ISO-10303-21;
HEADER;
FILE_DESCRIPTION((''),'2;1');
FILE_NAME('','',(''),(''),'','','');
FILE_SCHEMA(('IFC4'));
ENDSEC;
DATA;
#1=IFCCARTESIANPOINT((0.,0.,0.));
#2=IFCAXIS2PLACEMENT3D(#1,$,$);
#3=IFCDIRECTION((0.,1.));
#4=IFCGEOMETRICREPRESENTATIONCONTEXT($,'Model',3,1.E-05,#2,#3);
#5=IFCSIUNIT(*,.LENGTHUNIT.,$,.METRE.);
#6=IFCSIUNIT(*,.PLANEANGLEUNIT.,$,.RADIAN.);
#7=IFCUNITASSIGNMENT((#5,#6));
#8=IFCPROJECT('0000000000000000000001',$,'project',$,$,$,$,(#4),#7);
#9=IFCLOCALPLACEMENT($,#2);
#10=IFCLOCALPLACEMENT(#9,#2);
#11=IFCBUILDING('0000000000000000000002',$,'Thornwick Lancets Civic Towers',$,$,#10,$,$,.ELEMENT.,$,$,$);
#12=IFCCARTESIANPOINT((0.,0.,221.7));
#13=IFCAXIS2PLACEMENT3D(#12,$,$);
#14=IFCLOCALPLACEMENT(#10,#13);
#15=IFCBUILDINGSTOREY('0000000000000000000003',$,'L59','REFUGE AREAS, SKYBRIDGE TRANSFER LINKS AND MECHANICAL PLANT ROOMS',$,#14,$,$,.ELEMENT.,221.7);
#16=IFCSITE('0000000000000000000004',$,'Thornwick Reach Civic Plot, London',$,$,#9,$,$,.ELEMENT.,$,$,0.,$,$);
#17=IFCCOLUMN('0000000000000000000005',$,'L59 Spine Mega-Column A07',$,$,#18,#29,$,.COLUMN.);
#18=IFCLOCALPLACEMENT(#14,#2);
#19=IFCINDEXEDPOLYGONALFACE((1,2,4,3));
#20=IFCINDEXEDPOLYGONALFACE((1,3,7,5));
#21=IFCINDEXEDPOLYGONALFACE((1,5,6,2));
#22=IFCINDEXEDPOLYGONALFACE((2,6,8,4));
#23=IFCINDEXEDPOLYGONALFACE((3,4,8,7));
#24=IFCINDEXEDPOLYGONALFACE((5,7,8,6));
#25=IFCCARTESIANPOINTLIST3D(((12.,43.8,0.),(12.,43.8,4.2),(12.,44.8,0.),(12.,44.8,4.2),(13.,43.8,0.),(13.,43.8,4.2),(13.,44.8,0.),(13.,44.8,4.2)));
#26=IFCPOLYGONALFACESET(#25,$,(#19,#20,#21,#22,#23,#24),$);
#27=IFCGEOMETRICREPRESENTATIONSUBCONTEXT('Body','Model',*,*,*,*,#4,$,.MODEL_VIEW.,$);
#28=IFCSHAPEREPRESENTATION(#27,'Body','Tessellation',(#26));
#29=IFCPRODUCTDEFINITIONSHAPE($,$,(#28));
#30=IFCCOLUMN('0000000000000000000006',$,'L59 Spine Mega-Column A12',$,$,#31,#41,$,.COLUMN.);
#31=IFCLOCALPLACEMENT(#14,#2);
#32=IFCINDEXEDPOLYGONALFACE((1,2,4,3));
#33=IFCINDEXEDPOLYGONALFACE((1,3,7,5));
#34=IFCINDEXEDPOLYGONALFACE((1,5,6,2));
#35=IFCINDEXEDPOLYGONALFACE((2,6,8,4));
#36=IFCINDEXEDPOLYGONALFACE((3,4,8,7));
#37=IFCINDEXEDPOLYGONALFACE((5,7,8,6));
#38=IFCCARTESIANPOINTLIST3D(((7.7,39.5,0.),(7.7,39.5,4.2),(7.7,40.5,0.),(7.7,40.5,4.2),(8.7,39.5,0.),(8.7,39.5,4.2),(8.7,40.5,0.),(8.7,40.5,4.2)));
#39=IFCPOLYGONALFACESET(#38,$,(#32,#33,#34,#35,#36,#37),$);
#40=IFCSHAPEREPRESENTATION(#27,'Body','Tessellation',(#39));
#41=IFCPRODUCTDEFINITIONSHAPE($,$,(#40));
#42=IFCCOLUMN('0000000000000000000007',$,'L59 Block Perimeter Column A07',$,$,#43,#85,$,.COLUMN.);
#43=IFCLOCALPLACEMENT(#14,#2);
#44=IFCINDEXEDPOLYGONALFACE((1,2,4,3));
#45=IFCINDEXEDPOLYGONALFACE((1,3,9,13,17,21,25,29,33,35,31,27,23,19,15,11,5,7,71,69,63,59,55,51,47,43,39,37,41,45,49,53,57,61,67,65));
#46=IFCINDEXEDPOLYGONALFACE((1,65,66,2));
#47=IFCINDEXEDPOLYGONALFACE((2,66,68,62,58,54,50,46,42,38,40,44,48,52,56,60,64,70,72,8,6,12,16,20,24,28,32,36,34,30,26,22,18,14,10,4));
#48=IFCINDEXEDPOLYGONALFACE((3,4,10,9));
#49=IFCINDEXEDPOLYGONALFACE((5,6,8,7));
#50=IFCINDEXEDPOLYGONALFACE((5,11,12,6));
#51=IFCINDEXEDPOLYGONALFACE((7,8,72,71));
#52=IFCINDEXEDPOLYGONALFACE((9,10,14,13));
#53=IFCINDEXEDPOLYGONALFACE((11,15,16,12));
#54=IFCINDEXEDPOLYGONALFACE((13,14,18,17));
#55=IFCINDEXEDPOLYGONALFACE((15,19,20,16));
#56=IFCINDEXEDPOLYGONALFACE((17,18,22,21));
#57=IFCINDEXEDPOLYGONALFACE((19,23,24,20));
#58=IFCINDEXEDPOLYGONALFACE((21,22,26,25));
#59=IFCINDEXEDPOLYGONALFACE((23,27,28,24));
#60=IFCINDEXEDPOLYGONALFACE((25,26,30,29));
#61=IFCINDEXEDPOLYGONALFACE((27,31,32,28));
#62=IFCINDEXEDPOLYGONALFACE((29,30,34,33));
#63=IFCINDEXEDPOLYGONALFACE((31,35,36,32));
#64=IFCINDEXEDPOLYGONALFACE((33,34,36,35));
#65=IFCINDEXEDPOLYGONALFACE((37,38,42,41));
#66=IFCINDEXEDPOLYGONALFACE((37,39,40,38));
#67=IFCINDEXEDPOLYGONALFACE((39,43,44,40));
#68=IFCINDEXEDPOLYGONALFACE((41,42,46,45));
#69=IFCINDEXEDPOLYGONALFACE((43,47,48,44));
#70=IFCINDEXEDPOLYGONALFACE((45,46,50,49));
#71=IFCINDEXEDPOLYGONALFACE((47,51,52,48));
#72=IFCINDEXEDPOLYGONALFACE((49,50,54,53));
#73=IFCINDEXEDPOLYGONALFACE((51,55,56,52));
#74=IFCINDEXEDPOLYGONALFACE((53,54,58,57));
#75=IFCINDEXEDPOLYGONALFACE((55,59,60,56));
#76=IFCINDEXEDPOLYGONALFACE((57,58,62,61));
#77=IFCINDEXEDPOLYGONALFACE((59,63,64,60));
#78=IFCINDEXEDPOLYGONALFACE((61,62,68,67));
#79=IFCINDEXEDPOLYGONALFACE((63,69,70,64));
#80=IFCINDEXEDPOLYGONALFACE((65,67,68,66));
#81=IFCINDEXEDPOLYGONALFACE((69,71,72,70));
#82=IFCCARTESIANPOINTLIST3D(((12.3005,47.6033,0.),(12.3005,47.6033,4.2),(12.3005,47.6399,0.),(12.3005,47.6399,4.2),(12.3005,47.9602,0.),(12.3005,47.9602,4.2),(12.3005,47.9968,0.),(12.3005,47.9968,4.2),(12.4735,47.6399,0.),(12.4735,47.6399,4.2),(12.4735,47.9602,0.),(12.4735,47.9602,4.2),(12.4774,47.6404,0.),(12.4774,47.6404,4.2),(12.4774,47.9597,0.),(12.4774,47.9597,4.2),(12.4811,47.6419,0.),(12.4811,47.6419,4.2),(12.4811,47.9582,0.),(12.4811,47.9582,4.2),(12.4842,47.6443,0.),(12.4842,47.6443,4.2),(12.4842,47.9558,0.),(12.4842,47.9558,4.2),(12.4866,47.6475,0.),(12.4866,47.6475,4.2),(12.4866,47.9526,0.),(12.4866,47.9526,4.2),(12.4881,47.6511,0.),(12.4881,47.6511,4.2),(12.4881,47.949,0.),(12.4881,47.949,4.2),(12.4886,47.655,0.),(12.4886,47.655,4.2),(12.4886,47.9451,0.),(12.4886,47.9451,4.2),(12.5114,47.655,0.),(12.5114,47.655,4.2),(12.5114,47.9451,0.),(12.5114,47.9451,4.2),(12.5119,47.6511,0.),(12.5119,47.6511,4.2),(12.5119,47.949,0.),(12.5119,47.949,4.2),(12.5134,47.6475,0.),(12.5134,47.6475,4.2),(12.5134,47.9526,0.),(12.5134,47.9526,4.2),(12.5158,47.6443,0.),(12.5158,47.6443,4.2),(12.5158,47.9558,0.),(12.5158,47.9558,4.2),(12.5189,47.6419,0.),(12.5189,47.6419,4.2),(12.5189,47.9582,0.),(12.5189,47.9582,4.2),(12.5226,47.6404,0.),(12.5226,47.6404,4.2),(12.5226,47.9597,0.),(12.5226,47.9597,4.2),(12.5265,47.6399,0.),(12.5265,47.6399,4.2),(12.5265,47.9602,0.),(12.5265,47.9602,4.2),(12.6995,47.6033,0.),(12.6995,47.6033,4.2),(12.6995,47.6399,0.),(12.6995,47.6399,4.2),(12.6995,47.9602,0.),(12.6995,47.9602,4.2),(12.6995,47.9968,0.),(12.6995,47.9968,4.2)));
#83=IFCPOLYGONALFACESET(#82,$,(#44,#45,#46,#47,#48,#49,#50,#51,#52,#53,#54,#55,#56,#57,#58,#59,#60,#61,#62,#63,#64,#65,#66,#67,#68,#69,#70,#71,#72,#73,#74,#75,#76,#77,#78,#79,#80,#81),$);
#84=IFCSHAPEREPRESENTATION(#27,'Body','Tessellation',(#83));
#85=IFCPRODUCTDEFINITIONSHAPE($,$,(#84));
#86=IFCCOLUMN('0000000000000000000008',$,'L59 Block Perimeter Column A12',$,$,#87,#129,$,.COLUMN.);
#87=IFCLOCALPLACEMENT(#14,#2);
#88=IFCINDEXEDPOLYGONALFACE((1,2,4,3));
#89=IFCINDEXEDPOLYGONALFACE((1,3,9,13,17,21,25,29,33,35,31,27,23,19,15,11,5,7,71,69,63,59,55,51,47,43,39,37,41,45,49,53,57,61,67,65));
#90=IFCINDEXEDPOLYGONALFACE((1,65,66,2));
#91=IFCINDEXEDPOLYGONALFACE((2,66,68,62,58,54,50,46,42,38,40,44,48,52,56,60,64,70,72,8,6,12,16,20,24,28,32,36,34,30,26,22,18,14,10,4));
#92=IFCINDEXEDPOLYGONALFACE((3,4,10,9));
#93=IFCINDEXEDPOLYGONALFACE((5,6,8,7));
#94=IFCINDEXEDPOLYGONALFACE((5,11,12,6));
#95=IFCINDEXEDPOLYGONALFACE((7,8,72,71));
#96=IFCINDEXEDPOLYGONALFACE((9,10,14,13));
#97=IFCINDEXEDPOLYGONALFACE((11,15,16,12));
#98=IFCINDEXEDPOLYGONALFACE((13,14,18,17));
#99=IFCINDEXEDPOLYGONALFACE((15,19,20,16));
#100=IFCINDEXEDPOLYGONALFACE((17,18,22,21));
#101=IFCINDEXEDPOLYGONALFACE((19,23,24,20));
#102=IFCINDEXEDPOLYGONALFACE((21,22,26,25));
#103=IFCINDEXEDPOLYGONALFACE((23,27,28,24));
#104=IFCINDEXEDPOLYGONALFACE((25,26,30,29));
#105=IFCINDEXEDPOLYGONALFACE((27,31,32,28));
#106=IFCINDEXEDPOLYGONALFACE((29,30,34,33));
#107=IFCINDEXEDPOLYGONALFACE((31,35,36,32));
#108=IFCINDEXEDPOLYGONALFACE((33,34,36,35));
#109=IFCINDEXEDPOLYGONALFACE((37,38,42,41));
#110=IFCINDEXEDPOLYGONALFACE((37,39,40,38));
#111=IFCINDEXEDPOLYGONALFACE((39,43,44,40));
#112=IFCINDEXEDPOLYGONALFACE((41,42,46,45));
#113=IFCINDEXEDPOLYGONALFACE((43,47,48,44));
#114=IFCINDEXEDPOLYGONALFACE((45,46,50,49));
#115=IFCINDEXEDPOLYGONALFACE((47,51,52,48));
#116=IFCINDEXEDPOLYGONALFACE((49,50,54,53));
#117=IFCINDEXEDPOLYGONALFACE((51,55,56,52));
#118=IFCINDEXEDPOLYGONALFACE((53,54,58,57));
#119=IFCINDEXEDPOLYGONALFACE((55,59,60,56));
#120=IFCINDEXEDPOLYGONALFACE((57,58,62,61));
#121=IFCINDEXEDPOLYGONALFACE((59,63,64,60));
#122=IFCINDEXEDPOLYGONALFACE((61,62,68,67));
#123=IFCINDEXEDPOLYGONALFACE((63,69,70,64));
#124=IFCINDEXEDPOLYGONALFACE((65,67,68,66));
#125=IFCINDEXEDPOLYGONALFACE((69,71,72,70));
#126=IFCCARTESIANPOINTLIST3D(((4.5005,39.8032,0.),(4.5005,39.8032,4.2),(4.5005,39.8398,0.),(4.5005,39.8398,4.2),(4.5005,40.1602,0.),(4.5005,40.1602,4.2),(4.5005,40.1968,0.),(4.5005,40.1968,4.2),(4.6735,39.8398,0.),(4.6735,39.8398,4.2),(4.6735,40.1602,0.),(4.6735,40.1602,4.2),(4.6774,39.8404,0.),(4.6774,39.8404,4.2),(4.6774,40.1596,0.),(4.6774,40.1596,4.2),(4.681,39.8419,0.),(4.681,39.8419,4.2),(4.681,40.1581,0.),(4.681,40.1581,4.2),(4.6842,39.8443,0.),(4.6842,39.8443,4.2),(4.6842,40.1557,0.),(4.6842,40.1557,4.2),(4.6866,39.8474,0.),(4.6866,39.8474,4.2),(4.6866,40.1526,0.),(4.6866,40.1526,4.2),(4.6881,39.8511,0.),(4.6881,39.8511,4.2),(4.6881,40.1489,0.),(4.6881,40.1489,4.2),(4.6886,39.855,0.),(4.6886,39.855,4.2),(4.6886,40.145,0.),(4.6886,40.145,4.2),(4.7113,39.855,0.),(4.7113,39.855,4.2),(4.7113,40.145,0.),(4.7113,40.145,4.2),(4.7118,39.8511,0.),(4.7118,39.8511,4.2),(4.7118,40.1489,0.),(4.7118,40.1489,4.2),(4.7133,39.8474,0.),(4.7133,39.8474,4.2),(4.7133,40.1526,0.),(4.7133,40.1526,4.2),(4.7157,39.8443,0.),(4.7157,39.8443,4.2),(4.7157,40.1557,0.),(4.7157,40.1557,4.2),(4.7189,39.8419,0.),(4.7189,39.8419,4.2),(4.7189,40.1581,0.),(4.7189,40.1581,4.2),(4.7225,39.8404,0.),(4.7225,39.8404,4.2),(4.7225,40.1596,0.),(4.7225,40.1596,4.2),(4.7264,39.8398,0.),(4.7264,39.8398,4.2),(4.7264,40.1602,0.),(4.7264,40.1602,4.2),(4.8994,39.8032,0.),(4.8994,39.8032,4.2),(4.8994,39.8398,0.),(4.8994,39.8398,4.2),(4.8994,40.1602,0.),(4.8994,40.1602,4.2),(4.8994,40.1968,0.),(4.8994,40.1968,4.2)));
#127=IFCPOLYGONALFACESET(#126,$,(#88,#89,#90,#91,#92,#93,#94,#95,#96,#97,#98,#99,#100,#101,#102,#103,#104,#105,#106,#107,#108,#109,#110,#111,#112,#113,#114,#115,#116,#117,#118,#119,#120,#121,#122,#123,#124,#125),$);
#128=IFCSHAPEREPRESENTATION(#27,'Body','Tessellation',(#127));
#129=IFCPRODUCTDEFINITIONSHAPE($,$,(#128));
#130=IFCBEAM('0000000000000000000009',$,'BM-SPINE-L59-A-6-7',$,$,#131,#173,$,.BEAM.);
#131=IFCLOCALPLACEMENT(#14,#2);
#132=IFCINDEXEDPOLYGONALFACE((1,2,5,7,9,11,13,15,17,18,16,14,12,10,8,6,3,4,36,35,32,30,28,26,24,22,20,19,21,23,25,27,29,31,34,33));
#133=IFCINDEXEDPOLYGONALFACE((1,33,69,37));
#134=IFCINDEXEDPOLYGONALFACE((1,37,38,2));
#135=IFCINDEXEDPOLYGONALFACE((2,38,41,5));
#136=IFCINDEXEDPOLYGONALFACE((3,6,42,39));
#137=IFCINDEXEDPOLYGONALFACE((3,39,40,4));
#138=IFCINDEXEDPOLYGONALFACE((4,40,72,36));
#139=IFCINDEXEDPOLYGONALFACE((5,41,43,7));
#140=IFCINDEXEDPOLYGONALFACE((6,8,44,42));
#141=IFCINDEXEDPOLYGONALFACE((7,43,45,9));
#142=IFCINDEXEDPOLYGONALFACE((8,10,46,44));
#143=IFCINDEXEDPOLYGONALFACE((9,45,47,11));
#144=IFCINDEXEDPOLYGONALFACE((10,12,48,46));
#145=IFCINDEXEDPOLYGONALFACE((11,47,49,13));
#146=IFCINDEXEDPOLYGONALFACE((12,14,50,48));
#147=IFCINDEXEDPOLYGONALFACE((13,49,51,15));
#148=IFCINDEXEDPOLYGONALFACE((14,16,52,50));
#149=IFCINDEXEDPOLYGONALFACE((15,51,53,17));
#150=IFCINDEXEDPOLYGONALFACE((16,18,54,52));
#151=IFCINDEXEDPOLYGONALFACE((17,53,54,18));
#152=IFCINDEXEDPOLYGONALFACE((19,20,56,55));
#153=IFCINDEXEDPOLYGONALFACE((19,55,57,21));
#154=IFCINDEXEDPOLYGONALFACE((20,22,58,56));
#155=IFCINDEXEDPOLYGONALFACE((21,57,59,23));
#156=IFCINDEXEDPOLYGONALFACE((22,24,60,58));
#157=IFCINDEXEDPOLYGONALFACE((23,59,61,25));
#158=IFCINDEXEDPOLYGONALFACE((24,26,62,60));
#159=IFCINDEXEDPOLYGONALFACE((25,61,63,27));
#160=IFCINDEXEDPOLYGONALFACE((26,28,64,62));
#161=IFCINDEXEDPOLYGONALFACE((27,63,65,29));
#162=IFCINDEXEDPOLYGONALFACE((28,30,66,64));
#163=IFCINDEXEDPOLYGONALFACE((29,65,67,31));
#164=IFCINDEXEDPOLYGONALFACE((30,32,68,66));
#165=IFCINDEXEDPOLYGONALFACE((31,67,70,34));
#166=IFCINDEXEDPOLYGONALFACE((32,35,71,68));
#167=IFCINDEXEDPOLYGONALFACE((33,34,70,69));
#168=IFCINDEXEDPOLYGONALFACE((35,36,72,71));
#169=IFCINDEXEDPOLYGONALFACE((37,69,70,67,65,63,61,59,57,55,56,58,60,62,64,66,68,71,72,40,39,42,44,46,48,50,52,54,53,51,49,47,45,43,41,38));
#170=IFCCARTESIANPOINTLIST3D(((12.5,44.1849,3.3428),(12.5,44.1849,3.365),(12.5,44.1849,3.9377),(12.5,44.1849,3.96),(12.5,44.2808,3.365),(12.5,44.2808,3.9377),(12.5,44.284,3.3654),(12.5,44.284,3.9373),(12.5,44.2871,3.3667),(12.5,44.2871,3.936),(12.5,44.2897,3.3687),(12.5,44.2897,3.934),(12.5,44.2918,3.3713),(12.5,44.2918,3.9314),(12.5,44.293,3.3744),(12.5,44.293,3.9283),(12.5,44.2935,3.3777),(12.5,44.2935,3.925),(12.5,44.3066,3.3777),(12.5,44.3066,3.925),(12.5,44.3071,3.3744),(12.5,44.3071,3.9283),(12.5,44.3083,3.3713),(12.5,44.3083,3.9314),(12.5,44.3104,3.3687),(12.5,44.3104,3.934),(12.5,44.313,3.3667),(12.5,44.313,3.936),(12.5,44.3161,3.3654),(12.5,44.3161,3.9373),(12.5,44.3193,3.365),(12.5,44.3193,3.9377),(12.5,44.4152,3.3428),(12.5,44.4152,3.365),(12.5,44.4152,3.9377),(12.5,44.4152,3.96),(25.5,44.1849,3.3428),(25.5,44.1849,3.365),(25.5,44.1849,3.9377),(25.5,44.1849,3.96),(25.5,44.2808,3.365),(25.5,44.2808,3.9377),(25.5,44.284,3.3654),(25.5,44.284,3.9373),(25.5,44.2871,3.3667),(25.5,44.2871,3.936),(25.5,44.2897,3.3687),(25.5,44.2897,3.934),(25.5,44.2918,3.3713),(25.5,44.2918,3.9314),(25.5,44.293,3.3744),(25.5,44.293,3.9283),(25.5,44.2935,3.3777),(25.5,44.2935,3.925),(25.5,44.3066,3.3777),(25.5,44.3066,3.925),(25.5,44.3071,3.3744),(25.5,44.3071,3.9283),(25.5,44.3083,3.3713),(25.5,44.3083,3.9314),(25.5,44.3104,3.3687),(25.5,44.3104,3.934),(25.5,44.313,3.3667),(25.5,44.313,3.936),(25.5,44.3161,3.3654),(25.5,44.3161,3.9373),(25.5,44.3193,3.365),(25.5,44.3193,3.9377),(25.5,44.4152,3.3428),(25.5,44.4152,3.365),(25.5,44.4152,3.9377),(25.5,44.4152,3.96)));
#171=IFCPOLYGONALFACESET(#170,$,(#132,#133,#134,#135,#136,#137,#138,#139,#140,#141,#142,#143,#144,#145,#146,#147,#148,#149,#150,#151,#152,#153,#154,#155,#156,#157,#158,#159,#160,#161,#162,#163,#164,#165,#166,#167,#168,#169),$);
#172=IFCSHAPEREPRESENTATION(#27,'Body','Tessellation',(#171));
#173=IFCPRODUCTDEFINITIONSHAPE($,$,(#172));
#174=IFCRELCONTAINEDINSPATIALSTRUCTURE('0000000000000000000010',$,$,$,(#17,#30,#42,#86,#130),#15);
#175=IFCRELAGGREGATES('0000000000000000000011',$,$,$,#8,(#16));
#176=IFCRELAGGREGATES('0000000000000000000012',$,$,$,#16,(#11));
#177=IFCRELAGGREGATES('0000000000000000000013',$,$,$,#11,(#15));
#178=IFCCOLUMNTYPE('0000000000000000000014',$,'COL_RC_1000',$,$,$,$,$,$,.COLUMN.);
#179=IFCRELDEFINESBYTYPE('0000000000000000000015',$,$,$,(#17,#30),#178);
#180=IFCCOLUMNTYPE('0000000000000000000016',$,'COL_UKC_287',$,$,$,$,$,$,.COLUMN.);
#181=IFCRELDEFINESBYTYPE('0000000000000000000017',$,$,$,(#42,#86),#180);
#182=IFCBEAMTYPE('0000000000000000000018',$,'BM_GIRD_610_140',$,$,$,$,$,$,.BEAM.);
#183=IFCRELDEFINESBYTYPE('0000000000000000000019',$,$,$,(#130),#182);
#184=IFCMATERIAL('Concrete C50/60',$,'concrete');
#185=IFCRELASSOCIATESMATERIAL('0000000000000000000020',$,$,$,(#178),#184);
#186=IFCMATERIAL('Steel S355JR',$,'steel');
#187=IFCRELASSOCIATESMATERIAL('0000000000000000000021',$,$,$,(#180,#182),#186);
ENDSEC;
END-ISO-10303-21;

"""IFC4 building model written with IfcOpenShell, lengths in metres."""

from ifc_helpers import new_model, si_unit, direction, frame, origin, origin_2d, place, context, subcontext, project, spatial, rectangle, i_section, extrude, material, material_profile, profile_set, type_object, element, save


model = new_model("IFC4")

# Units and contexts
model_context = context("Model", 3, precision=1e-05, world=origin(), true_north=direction((0.0, 1.0)))
body_context = subcontext(model_context, "Body", "Model", "MODEL_VIEW")
ifc_project = project(units=[si_unit("LENGTHUNIT", "METRE"), si_unit("PLANEANGLEUNIT", "RADIAN")], contexts=[model_context])

# Site, building, storey
site_placement = place(None, origin())
site = spatial("IfcSite", under=ifc_project, at=site_placement, Name="Thornwick Reach Civic Plot, London", CompositionType="ELEMENT", RefElevation=0.0)
building_placement = place(site_placement, origin())
building = spatial("IfcBuilding", under=site, at=building_placement, Name="Thornwick Lancets Civic Towers", CompositionType="ELEMENT")
storey_placement = place(building_placement, frame((0.0, 0.0, 221.7)))
storey = spatial("IfcBuildingStorey", under=building, at=storey_placement, Name="L59", Description="REFUGE AREAS, SKYBRIDGE TRANSFER LINKS AND MECHANICAL PLANT ROOMS", CompositionType="ELEMENT", Elevation=221.7)

# Columns
ifc_material_1 = material(Name="Concrete C50/60", Category="concrete")
ifc_material_profile_1 = material_profile(ifc_material_1, rectangle(XDim=1.0, YDim=1.0, at=origin_2d()), Name="RC 1000x1000")
ifc_profile_set_1 = profile_set([ifc_material_profile_1], Name="Concrete C50/60")
column_type_1 = type_object("IfcColumnType", Name="COL_RC_1000", PredefinedType="COLUMN", material=ifc_profile_set_1)
for number, where, z_axis, x_axis, name in (
    (1, (12.5, 44.3, 0.0), (0.0, 0.0, 1.0), (1.0, 0.0, 0.0), "L59 Spine Mega-Column A07"),
    (2, (8.2, 40.0, 0.0), (0.0, 0.0, 1.0), (1.0, 0.0, 0.0), "L59 Spine Mega-Column A12"),
):
    element("IfcColumn", number, at=place(storey_placement, frame(where, z_axis=z_axis, x_axis=x_axis)), inside=storey, type_object=column_type_1, Name=name, PredefinedType="COLUMN", context=body_context, shape_type="SweptSolid", body=[
        extrude(rectangle(XDim=1.0, YDim=1.0, at=origin_2d()), origin(), (0.0, 0.0, 1.0), 4.2),
    ])
ifc_material_2 = material(Name="Steel S355JR", Category="steel")
ifc_material_profile_2 = material_profile(ifc_material_2, i_section(OverallWidth=0.3989, OverallDepth=0.3936, WebThickness=0.0227, FlangeThickness=0.0366, FilletRadius=0.0151, at=origin_2d()), Name="UKC 356x406x287")
ifc_profile_set_2 = profile_set([ifc_material_profile_2], Name="Steel S355JR")
column_type_2 = type_object("IfcColumnType", Name="COL_UKC_287", PredefinedType="COLUMN", material=ifc_profile_set_2)
for number, where, z_axis, x_axis, name in (
    (3, (12.5, 47.8, 0.0), (0.0, 0.0, 1.0), (1.0, 0.0, 0.0), "L59 Block Perimeter Column A07"),
    (4, (4.7, 40.0, 0.0), (0.0, 0.0, 1.0), (1.0, 0.0, 0.0), "L59 Block Perimeter Column A12"),
):
    element("IfcColumn", number, at=place(storey_placement, frame(where, z_axis=z_axis, x_axis=x_axis)), inside=storey, type_object=column_type_2, Name=name, PredefinedType="COLUMN", context=body_context, shape_type="SweptSolid", body=[
        extrude(i_section(OverallWidth=0.3989, OverallDepth=0.3936, WebThickness=0.0227, FlangeThickness=0.0366, FilletRadius=0.0151, at=origin_2d()), origin(), (0.0, 0.0, 1.0), 4.2),
    ])

# Beam
ifc_material_profile_3 = material_profile(ifc_material_2, i_section(OverallWidth=0.2302, OverallDepth=0.6172, WebThickness=0.0132, FlangeThickness=0.0222, FilletRadius=0.0127, at=origin_2d()), Name="UKB 610x229x140")
ifc_profile_set_3 = profile_set([ifc_material_profile_3], Name="Steel S355JR")
beam_type_1 = type_object("IfcBeamType", Name="BM_GIRD_610_140", PredefinedType="BEAM", material=ifc_profile_set_3)
beam_1_placement = place(storey_placement, frame((12.5, 44.3, 3.6514), z_axis=(1.0, 0.0, 0.0), x_axis=(0.0, 1.0, 0.0)))
element("IfcBeam", 5, at=beam_1_placement, inside=storey, type_object=beam_type_1, Name="BM-SPINE-L59-A-6-7", PredefinedType="BEAM", context=body_context, shape_type="SweptSolid", body=[
    extrude(i_section(OverallWidth=0.2302, OverallDepth=0.6172, WebThickness=0.0132, FlangeThickness=0.0222, FilletRadius=0.0127, at=origin_2d()), origin(), (0.0, 0.0, 1.0), 13.0),
])

save(model, "model.ifc")
